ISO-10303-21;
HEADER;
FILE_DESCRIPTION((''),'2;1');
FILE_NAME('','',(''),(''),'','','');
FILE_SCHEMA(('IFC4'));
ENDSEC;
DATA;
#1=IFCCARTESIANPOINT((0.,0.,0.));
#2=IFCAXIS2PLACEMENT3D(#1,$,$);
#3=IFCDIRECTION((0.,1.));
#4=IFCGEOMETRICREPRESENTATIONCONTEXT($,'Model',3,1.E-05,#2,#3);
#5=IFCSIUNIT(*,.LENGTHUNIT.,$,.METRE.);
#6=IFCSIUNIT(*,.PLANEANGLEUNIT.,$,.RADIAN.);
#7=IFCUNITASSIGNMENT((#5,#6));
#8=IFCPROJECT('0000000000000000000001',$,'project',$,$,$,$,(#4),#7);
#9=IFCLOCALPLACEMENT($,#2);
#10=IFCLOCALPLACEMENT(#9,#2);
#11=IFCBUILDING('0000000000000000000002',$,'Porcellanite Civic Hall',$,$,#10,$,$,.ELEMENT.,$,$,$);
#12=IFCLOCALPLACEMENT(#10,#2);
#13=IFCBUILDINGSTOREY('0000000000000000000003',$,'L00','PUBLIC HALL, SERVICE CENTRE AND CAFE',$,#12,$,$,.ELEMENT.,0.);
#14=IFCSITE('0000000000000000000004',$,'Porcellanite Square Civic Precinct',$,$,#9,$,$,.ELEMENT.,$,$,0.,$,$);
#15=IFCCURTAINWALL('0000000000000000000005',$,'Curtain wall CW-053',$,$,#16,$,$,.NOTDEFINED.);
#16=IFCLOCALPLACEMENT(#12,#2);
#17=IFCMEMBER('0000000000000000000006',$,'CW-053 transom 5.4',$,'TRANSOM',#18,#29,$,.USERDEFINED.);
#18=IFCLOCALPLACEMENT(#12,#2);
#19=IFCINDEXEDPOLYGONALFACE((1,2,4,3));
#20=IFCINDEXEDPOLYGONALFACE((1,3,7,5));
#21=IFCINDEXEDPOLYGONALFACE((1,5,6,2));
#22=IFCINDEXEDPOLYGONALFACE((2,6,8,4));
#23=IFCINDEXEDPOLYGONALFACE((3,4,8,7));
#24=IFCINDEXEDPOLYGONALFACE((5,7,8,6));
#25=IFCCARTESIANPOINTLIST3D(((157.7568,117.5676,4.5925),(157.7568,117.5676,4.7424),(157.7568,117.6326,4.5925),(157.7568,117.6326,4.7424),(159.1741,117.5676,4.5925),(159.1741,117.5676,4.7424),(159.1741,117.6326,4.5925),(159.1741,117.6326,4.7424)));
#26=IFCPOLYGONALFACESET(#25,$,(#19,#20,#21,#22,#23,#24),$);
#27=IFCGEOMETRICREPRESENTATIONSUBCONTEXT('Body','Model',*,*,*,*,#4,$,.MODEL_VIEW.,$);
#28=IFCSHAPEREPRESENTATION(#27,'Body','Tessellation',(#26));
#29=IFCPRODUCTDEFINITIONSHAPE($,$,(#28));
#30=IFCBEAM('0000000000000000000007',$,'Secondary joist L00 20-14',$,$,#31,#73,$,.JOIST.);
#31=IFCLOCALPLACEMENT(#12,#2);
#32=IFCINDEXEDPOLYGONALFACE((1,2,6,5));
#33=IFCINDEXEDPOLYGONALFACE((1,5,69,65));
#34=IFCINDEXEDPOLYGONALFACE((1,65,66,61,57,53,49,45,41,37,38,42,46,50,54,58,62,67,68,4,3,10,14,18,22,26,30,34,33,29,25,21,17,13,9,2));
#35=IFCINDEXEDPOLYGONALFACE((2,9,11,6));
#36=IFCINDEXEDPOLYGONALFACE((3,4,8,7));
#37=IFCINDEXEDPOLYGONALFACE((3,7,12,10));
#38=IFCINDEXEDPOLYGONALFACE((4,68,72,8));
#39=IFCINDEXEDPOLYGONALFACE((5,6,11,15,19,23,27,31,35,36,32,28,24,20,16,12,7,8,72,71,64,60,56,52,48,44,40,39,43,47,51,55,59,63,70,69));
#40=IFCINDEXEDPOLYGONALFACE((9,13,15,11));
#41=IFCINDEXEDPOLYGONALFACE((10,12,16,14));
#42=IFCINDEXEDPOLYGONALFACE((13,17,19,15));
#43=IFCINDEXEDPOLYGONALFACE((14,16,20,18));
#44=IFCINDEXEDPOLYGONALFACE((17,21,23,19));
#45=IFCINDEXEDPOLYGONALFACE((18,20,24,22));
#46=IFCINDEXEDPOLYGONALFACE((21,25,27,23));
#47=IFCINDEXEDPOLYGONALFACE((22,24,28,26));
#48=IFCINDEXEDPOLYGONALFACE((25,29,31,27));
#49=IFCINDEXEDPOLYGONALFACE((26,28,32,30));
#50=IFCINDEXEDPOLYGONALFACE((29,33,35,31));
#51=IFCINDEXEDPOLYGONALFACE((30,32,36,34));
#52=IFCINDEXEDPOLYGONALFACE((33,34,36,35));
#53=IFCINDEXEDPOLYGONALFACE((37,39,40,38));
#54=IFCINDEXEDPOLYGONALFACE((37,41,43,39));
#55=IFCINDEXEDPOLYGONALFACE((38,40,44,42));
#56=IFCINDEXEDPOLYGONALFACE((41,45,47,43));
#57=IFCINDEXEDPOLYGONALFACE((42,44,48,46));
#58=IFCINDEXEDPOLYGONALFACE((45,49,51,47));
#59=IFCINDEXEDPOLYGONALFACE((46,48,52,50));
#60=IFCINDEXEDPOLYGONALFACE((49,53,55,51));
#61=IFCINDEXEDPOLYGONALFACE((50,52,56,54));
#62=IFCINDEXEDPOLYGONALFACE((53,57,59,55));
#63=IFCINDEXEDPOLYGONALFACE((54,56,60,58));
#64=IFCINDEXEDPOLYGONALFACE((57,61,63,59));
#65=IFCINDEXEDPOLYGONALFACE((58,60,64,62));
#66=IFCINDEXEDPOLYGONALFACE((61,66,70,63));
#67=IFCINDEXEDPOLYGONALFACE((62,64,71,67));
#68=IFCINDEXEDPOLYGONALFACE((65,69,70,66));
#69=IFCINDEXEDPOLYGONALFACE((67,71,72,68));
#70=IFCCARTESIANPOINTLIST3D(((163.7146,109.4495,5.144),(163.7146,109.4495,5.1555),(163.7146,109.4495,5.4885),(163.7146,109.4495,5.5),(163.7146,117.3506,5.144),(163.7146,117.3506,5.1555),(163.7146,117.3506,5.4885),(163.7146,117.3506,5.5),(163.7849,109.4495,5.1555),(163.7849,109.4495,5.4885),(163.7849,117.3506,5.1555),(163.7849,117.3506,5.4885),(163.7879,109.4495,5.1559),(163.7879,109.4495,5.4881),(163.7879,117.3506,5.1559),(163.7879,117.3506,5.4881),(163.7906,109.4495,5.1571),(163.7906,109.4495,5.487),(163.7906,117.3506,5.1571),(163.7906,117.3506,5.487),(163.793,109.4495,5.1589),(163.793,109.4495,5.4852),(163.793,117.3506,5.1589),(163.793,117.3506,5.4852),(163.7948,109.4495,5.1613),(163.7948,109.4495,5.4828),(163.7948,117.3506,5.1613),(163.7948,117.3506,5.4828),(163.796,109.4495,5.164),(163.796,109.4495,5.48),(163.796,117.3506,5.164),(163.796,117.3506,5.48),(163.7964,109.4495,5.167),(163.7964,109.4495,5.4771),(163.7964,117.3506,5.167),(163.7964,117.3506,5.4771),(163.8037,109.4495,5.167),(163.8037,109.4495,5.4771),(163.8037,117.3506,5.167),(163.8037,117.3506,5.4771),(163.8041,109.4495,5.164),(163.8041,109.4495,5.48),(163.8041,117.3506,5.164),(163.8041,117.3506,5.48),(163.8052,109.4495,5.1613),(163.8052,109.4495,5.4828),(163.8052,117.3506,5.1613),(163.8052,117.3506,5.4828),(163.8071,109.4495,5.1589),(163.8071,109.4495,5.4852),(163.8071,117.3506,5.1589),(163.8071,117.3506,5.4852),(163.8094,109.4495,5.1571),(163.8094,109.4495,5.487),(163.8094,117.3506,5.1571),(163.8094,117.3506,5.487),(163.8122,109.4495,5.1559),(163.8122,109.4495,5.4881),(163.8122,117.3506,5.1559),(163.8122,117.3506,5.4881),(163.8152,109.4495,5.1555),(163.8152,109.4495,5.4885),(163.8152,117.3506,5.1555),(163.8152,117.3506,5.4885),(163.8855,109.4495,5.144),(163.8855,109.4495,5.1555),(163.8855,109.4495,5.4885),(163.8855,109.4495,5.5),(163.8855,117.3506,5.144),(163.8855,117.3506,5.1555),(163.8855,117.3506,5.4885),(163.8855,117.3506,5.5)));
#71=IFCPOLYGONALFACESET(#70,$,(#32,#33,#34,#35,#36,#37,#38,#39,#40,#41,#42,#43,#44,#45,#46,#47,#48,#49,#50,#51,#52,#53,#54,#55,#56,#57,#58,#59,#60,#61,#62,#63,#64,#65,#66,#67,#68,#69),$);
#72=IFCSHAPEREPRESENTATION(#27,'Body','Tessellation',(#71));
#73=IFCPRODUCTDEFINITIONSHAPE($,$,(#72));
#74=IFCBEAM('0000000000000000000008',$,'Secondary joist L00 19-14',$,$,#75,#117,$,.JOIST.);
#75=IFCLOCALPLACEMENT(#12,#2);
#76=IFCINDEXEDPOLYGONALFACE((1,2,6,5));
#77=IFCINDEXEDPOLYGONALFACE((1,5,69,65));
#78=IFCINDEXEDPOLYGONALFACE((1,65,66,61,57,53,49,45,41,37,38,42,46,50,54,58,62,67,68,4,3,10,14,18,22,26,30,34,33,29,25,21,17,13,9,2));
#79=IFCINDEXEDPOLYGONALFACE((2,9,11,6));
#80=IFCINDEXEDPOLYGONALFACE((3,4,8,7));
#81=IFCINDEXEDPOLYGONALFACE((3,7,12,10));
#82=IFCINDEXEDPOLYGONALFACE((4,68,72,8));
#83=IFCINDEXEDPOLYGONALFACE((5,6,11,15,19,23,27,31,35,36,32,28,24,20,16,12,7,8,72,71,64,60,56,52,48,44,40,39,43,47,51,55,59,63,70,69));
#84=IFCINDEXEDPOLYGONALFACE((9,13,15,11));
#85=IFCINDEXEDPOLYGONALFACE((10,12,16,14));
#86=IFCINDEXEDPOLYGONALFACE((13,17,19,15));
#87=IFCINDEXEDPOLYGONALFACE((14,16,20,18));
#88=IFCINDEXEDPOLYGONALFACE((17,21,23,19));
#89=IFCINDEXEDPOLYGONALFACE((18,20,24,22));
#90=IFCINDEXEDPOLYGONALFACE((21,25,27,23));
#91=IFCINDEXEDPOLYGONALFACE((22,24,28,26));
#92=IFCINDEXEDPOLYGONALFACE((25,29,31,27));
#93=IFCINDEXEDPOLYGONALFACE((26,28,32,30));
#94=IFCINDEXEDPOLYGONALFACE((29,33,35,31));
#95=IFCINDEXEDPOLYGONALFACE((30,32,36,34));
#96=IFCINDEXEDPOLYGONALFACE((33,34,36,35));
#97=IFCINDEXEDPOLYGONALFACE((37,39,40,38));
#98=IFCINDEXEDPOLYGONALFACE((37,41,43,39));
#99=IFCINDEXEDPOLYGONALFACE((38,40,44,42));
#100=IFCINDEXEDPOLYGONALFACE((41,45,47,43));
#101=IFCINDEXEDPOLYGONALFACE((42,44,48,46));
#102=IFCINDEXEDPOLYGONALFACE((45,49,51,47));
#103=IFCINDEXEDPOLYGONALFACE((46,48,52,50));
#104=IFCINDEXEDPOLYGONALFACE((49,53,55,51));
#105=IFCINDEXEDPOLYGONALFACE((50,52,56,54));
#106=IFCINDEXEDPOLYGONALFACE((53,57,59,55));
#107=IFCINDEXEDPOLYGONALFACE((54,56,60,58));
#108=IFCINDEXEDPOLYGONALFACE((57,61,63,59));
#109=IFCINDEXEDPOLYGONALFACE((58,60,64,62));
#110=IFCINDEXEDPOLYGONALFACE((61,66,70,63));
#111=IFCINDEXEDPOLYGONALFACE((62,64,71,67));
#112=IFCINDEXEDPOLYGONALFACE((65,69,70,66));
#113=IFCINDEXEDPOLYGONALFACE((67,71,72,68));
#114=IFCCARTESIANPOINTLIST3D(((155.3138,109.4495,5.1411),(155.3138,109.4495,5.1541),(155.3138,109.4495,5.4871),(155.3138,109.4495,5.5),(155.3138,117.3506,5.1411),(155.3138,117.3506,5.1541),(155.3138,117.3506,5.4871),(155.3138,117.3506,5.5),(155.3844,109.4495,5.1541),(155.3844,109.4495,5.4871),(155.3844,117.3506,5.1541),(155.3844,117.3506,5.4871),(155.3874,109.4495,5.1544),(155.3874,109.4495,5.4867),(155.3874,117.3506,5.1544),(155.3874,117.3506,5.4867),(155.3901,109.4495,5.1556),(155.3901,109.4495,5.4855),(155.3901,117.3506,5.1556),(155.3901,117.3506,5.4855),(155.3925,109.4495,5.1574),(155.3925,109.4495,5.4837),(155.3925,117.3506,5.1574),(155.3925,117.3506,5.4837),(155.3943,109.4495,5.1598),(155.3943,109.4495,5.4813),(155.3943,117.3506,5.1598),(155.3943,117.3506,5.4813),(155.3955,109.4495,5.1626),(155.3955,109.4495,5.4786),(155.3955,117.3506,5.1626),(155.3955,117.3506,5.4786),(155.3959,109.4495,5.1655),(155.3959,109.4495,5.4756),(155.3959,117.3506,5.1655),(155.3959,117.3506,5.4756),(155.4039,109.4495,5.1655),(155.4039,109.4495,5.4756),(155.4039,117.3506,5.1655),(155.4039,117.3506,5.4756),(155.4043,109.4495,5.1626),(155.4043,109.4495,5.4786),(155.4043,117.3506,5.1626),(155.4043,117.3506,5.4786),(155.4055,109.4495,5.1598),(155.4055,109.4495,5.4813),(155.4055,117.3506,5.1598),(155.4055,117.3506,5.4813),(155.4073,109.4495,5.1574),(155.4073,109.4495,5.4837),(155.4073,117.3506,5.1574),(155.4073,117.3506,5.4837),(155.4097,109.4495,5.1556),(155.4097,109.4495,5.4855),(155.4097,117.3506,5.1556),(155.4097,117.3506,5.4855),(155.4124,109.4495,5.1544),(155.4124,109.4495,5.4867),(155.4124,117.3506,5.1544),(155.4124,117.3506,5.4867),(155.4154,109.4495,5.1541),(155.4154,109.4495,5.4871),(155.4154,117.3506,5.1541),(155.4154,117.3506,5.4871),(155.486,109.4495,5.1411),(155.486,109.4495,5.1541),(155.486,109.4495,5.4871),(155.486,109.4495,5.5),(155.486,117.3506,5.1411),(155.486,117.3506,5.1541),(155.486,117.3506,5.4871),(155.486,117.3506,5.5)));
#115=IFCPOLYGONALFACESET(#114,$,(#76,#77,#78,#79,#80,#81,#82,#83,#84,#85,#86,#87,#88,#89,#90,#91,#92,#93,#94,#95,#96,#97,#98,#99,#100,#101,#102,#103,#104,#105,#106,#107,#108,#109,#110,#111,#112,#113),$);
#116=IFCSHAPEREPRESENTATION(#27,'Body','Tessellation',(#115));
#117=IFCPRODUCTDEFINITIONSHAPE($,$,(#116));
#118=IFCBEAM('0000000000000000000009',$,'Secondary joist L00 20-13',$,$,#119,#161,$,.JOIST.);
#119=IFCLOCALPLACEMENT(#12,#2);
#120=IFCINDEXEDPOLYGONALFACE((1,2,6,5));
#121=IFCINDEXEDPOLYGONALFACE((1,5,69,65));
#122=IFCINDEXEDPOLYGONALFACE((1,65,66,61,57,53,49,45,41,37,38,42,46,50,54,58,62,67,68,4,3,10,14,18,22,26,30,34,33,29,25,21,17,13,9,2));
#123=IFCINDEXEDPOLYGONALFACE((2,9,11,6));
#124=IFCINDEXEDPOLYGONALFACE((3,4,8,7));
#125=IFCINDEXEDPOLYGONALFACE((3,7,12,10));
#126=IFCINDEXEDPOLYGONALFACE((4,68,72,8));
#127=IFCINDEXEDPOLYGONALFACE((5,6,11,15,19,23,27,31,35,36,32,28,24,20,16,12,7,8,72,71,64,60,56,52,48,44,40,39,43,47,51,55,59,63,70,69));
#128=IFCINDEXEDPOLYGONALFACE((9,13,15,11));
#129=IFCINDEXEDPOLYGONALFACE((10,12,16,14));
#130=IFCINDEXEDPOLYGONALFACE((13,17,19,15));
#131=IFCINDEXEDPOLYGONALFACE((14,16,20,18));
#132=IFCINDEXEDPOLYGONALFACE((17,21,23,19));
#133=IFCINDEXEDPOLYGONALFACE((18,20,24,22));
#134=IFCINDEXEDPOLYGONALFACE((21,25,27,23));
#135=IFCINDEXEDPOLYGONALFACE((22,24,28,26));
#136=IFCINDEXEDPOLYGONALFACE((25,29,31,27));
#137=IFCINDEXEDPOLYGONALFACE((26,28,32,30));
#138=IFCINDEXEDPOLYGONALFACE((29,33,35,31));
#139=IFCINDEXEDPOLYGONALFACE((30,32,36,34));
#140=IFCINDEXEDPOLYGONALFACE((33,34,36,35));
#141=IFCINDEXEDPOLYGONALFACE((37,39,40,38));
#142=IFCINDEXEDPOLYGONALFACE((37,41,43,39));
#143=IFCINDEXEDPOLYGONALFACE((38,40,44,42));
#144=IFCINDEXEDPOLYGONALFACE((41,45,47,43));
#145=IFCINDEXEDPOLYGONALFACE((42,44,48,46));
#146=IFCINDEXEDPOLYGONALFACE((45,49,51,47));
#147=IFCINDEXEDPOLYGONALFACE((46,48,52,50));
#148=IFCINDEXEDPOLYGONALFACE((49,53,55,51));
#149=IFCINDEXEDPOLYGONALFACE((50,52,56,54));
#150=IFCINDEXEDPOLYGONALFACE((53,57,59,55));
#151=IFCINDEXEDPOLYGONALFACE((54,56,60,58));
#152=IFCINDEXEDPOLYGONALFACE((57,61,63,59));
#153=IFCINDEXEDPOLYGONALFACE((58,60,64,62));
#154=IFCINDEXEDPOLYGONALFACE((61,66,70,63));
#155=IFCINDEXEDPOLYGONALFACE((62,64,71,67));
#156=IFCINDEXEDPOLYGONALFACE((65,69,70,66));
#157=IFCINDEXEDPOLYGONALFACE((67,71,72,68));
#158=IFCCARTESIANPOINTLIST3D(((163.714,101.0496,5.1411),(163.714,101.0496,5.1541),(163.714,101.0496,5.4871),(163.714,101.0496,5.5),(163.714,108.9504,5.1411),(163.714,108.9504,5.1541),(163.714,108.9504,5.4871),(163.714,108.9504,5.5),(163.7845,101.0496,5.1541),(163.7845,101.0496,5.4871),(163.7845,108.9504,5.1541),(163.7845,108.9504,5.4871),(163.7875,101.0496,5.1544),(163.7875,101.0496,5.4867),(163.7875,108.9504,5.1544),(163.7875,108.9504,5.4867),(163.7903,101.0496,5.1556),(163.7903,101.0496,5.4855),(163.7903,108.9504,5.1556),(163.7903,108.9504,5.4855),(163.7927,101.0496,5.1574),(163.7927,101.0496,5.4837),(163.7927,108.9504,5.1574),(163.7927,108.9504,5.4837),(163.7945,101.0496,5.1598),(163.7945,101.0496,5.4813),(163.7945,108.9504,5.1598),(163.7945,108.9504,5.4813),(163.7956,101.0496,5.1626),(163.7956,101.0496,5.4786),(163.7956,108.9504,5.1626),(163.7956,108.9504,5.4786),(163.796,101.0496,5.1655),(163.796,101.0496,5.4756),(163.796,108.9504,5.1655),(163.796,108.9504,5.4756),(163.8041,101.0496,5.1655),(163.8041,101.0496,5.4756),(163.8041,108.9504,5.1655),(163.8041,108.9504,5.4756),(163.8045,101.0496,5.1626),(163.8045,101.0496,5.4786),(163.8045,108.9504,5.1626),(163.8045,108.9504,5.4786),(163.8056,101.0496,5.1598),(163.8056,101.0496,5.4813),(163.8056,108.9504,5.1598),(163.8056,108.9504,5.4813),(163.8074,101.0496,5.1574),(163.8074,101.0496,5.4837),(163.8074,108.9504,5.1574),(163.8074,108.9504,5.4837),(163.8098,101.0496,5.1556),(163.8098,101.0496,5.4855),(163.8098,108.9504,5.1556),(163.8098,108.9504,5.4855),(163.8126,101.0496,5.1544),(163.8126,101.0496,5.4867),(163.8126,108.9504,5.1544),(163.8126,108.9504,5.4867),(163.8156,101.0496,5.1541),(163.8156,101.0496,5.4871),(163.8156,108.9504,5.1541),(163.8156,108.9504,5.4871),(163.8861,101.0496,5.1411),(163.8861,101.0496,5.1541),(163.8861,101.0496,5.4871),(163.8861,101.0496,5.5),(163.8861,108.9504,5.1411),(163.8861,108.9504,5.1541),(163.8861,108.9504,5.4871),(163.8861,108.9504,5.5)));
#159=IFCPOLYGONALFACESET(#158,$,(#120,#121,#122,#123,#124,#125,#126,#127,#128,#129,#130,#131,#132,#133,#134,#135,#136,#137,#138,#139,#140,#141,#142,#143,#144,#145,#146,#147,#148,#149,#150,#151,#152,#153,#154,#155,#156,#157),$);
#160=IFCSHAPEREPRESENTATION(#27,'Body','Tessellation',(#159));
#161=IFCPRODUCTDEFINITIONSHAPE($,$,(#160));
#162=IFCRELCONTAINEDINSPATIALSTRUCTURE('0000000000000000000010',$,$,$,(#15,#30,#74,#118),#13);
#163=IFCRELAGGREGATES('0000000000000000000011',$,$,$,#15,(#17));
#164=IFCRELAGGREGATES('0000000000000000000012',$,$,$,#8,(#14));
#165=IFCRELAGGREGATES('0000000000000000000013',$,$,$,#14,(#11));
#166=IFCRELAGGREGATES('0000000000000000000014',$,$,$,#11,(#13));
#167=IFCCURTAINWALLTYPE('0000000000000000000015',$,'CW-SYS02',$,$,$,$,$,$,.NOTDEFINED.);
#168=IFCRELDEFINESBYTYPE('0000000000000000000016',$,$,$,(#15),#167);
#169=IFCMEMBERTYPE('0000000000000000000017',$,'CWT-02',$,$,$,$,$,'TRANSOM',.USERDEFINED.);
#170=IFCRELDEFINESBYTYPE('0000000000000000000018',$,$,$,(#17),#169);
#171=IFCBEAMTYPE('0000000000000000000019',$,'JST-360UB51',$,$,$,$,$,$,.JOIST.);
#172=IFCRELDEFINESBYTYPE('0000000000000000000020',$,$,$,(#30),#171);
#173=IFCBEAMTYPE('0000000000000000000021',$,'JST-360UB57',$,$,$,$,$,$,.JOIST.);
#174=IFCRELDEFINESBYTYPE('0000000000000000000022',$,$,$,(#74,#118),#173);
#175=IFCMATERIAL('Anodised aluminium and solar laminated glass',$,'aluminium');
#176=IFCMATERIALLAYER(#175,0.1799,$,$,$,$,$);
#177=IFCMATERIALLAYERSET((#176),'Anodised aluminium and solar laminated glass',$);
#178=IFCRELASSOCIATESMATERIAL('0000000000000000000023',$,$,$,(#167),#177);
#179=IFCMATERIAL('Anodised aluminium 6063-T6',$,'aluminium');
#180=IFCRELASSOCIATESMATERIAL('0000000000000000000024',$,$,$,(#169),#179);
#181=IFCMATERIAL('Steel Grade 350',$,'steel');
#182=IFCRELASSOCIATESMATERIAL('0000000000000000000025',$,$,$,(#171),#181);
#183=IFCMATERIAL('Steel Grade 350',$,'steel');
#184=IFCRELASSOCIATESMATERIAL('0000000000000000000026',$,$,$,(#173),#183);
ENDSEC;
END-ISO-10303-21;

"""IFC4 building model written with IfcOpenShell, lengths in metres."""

from ifc_helpers import new_model, si_unit, direction, frame, origin, origin_2d, place, context, subcontext, project, spatial, rectangle, i_section, extrude, material, layer, layer_set, material_profile, profile_set, type_object, element, aggregate, save


model = new_model("IFC4")

# Units and contexts
model_context = context("Model", 3, precision=1e-05, world=origin(), true_north=direction((0.0, 1.0)))
body_context = subcontext(model_context, "Body", "Model", "MODEL_VIEW")
ifc_project = project(units=[si_unit("LENGTHUNIT", "METRE"), si_unit("PLANEANGLEUNIT", "RADIAN")], contexts=[model_context])

# Site, building, storey
site_placement = place(None, origin())
site = spatial("IfcSite", under=ifc_project, at=site_placement, Name="Porcellanite Square Civic Precinct", CompositionType="ELEMENT", RefElevation=0.0)
building_placement = place(site_placement, origin())
building = spatial("IfcBuilding", under=site, at=building_placement, Name="Porcellanite Civic Hall", CompositionType="ELEMENT")
storey_placement = place(building_placement, origin())
storey = spatial("IfcBuildingStorey", under=building, at=storey_placement, Name="L00", Description="PUBLIC HALL, SERVICE CENTRE AND CAFE", CompositionType="ELEMENT", Elevation=0.0)

# Curtain wall, member
ifc_material_1 = material(Name="Anodised aluminium and solar laminated glass", Category="aluminium")
ifc_layer_1 = layer(ifc_material_1, 0.1799)
ifc_layer_set_1 = layer_set([ifc_layer_1], Name="Anodised aluminium and solar laminated glass")
curtain_wall_type = type_object("IfcCurtainWallType", Name="CW-SYS02", PredefinedType="NOTDEFINED", material=ifc_layer_set_1)
curtain_wall_placement = place(storey_placement, origin())
curtain_wall = element("IfcCurtainWall", 1, at=curtain_wall_placement, inside=storey, type_object=curtain_wall_type, Name="Curtain wall CW-053", PredefinedType="NOTDEFINED")
ifc_material_2 = material(Name="Anodised aluminium 6063-T6", Category="aluminium")
ifc_material_profile_1 = material_profile(ifc_material_2, rectangle(XDim=0.0649, YDim=0.1499, at=origin_2d()), Name="AL-65x150")
ifc_profile_set_1 = profile_set([ifc_material_profile_1], Name="Anodised aluminium 6063-T6")
member_type_1 = type_object("IfcMemberType", Name="CWT-02", ElementType="TRANSOM", PredefinedType="USERDEFINED", material=ifc_profile_set_1)
member_1_placement = place(storey_placement, frame((157.7568, 117.6001, 4.6675), z_axis=(1.0, 0.0, 0.0), x_axis=(0.0, 1.0, 0.0)))
member_1 = element("IfcMember", 2, at=member_1_placement, type_object=member_type_1, Name="CW-053 transom 5.4", ObjectType="TRANSOM", PredefinedType="USERDEFINED", context=body_context, shape_type="SweptSolid", body=[
    extrude(rectangle(XDim=0.0649, YDim=0.1499, at=origin_2d()), origin(), (0.0, 0.0, 1.0), 1.4172),
])

# Beams
ifc_material_3 = material(Name="Steel Grade 350", Category="steel")
ifc_material_profile_2 = material_profile(ifc_material_3, i_section(OverallWidth=0.1709, OverallDepth=0.356, WebThickness=0.0073, FlangeThickness=0.0115, FilletRadius=0.0115, at=origin_2d()), Name="360UB50.7")
ifc_profile_set_2 = profile_set([ifc_material_profile_2], Name="Steel Grade 350")
beam_type_1 = type_object("IfcBeamType", Name="JST-360UB51", PredefinedType="JOIST", material=ifc_profile_set_2)
beam_1_placement = place(storey_placement, frame((163.8, 109.4495, 5.322), z_axis=(0.0, 1.0, 0.0), x_axis=(-1.0, 0.0, 0.0)))
element("IfcBeam", 3, at=beam_1_placement, inside=storey, type_object=beam_type_1, Name="Secondary joist L00 20-14", PredefinedType="JOIST", context=body_context, shape_type="SweptSolid", body=[
    extrude(i_section(OverallWidth=0.1709, OverallDepth=0.356, WebThickness=0.0073, FlangeThickness=0.0115, FilletRadius=0.0115, at=origin_2d()), origin(), (0.0, 0.0, 1.0), 7.9011),
])
ifc_material_4 = material(Name="Steel Grade 350", Category="steel")
ifc_material_profile_3 = material_profile(ifc_material_4, i_section(OverallWidth=0.1721, OverallDepth=0.3589, WebThickness=0.0081, FlangeThickness=0.0129, FilletRadius=0.0115, at=origin_2d()), Name="360UB56.7")
ifc_profile_set_3 = profile_set([ifc_material_profile_3], Name="Steel Grade 350")
beam_type_2 = type_object("IfcBeamType", Name="JST-360UB57", PredefinedType="JOIST", material=ifc_profile_set_3)
beam_2_placement = place(storey_placement, frame((155.3999, 109.4495, 5.3206), z_axis=(0.0, 1.0, 0.0), x_axis=(-1.0, 0.0, 0.0)))
element("IfcBeam", 4, at=beam_2_placement, inside=storey, type_object=beam_type_2, Name="Secondary joist L00 19-14", PredefinedType="JOIST", context=body_context, shape_type="SweptSolid", body=[
    extrude(i_section(OverallWidth=0.1721, OverallDepth=0.3589, WebThickness=0.0081, FlangeThickness=0.0129, FilletRadius=0.0115, at=origin_2d()), origin(), (0.0, 0.0, 1.0), 7.9011),
])
beam_3_placement = place(storey_placement, frame((163.8, 101.0496, 5.3206), z_axis=(0.0, 1.0, 0.0), x_axis=(-1.0, 0.0, 0.0)))
element("IfcBeam", 5, at=beam_3_placement, inside=storey, type_object=beam_type_2, Name="Secondary joist L00 20-13", PredefinedType="JOIST", context=body_context, shape_type="SweptSolid", body=[
    extrude(i_section(OverallWidth=0.1721, OverallDepth=0.3589, WebThickness=0.0081, FlangeThickness=0.0129, FilletRadius=0.0115, at=origin_2d()), origin(), (0.0, 0.0, 1.0), 7.9009),
])

aggregate(curtain_wall, [member_1])

save(model, "model.ifc")
